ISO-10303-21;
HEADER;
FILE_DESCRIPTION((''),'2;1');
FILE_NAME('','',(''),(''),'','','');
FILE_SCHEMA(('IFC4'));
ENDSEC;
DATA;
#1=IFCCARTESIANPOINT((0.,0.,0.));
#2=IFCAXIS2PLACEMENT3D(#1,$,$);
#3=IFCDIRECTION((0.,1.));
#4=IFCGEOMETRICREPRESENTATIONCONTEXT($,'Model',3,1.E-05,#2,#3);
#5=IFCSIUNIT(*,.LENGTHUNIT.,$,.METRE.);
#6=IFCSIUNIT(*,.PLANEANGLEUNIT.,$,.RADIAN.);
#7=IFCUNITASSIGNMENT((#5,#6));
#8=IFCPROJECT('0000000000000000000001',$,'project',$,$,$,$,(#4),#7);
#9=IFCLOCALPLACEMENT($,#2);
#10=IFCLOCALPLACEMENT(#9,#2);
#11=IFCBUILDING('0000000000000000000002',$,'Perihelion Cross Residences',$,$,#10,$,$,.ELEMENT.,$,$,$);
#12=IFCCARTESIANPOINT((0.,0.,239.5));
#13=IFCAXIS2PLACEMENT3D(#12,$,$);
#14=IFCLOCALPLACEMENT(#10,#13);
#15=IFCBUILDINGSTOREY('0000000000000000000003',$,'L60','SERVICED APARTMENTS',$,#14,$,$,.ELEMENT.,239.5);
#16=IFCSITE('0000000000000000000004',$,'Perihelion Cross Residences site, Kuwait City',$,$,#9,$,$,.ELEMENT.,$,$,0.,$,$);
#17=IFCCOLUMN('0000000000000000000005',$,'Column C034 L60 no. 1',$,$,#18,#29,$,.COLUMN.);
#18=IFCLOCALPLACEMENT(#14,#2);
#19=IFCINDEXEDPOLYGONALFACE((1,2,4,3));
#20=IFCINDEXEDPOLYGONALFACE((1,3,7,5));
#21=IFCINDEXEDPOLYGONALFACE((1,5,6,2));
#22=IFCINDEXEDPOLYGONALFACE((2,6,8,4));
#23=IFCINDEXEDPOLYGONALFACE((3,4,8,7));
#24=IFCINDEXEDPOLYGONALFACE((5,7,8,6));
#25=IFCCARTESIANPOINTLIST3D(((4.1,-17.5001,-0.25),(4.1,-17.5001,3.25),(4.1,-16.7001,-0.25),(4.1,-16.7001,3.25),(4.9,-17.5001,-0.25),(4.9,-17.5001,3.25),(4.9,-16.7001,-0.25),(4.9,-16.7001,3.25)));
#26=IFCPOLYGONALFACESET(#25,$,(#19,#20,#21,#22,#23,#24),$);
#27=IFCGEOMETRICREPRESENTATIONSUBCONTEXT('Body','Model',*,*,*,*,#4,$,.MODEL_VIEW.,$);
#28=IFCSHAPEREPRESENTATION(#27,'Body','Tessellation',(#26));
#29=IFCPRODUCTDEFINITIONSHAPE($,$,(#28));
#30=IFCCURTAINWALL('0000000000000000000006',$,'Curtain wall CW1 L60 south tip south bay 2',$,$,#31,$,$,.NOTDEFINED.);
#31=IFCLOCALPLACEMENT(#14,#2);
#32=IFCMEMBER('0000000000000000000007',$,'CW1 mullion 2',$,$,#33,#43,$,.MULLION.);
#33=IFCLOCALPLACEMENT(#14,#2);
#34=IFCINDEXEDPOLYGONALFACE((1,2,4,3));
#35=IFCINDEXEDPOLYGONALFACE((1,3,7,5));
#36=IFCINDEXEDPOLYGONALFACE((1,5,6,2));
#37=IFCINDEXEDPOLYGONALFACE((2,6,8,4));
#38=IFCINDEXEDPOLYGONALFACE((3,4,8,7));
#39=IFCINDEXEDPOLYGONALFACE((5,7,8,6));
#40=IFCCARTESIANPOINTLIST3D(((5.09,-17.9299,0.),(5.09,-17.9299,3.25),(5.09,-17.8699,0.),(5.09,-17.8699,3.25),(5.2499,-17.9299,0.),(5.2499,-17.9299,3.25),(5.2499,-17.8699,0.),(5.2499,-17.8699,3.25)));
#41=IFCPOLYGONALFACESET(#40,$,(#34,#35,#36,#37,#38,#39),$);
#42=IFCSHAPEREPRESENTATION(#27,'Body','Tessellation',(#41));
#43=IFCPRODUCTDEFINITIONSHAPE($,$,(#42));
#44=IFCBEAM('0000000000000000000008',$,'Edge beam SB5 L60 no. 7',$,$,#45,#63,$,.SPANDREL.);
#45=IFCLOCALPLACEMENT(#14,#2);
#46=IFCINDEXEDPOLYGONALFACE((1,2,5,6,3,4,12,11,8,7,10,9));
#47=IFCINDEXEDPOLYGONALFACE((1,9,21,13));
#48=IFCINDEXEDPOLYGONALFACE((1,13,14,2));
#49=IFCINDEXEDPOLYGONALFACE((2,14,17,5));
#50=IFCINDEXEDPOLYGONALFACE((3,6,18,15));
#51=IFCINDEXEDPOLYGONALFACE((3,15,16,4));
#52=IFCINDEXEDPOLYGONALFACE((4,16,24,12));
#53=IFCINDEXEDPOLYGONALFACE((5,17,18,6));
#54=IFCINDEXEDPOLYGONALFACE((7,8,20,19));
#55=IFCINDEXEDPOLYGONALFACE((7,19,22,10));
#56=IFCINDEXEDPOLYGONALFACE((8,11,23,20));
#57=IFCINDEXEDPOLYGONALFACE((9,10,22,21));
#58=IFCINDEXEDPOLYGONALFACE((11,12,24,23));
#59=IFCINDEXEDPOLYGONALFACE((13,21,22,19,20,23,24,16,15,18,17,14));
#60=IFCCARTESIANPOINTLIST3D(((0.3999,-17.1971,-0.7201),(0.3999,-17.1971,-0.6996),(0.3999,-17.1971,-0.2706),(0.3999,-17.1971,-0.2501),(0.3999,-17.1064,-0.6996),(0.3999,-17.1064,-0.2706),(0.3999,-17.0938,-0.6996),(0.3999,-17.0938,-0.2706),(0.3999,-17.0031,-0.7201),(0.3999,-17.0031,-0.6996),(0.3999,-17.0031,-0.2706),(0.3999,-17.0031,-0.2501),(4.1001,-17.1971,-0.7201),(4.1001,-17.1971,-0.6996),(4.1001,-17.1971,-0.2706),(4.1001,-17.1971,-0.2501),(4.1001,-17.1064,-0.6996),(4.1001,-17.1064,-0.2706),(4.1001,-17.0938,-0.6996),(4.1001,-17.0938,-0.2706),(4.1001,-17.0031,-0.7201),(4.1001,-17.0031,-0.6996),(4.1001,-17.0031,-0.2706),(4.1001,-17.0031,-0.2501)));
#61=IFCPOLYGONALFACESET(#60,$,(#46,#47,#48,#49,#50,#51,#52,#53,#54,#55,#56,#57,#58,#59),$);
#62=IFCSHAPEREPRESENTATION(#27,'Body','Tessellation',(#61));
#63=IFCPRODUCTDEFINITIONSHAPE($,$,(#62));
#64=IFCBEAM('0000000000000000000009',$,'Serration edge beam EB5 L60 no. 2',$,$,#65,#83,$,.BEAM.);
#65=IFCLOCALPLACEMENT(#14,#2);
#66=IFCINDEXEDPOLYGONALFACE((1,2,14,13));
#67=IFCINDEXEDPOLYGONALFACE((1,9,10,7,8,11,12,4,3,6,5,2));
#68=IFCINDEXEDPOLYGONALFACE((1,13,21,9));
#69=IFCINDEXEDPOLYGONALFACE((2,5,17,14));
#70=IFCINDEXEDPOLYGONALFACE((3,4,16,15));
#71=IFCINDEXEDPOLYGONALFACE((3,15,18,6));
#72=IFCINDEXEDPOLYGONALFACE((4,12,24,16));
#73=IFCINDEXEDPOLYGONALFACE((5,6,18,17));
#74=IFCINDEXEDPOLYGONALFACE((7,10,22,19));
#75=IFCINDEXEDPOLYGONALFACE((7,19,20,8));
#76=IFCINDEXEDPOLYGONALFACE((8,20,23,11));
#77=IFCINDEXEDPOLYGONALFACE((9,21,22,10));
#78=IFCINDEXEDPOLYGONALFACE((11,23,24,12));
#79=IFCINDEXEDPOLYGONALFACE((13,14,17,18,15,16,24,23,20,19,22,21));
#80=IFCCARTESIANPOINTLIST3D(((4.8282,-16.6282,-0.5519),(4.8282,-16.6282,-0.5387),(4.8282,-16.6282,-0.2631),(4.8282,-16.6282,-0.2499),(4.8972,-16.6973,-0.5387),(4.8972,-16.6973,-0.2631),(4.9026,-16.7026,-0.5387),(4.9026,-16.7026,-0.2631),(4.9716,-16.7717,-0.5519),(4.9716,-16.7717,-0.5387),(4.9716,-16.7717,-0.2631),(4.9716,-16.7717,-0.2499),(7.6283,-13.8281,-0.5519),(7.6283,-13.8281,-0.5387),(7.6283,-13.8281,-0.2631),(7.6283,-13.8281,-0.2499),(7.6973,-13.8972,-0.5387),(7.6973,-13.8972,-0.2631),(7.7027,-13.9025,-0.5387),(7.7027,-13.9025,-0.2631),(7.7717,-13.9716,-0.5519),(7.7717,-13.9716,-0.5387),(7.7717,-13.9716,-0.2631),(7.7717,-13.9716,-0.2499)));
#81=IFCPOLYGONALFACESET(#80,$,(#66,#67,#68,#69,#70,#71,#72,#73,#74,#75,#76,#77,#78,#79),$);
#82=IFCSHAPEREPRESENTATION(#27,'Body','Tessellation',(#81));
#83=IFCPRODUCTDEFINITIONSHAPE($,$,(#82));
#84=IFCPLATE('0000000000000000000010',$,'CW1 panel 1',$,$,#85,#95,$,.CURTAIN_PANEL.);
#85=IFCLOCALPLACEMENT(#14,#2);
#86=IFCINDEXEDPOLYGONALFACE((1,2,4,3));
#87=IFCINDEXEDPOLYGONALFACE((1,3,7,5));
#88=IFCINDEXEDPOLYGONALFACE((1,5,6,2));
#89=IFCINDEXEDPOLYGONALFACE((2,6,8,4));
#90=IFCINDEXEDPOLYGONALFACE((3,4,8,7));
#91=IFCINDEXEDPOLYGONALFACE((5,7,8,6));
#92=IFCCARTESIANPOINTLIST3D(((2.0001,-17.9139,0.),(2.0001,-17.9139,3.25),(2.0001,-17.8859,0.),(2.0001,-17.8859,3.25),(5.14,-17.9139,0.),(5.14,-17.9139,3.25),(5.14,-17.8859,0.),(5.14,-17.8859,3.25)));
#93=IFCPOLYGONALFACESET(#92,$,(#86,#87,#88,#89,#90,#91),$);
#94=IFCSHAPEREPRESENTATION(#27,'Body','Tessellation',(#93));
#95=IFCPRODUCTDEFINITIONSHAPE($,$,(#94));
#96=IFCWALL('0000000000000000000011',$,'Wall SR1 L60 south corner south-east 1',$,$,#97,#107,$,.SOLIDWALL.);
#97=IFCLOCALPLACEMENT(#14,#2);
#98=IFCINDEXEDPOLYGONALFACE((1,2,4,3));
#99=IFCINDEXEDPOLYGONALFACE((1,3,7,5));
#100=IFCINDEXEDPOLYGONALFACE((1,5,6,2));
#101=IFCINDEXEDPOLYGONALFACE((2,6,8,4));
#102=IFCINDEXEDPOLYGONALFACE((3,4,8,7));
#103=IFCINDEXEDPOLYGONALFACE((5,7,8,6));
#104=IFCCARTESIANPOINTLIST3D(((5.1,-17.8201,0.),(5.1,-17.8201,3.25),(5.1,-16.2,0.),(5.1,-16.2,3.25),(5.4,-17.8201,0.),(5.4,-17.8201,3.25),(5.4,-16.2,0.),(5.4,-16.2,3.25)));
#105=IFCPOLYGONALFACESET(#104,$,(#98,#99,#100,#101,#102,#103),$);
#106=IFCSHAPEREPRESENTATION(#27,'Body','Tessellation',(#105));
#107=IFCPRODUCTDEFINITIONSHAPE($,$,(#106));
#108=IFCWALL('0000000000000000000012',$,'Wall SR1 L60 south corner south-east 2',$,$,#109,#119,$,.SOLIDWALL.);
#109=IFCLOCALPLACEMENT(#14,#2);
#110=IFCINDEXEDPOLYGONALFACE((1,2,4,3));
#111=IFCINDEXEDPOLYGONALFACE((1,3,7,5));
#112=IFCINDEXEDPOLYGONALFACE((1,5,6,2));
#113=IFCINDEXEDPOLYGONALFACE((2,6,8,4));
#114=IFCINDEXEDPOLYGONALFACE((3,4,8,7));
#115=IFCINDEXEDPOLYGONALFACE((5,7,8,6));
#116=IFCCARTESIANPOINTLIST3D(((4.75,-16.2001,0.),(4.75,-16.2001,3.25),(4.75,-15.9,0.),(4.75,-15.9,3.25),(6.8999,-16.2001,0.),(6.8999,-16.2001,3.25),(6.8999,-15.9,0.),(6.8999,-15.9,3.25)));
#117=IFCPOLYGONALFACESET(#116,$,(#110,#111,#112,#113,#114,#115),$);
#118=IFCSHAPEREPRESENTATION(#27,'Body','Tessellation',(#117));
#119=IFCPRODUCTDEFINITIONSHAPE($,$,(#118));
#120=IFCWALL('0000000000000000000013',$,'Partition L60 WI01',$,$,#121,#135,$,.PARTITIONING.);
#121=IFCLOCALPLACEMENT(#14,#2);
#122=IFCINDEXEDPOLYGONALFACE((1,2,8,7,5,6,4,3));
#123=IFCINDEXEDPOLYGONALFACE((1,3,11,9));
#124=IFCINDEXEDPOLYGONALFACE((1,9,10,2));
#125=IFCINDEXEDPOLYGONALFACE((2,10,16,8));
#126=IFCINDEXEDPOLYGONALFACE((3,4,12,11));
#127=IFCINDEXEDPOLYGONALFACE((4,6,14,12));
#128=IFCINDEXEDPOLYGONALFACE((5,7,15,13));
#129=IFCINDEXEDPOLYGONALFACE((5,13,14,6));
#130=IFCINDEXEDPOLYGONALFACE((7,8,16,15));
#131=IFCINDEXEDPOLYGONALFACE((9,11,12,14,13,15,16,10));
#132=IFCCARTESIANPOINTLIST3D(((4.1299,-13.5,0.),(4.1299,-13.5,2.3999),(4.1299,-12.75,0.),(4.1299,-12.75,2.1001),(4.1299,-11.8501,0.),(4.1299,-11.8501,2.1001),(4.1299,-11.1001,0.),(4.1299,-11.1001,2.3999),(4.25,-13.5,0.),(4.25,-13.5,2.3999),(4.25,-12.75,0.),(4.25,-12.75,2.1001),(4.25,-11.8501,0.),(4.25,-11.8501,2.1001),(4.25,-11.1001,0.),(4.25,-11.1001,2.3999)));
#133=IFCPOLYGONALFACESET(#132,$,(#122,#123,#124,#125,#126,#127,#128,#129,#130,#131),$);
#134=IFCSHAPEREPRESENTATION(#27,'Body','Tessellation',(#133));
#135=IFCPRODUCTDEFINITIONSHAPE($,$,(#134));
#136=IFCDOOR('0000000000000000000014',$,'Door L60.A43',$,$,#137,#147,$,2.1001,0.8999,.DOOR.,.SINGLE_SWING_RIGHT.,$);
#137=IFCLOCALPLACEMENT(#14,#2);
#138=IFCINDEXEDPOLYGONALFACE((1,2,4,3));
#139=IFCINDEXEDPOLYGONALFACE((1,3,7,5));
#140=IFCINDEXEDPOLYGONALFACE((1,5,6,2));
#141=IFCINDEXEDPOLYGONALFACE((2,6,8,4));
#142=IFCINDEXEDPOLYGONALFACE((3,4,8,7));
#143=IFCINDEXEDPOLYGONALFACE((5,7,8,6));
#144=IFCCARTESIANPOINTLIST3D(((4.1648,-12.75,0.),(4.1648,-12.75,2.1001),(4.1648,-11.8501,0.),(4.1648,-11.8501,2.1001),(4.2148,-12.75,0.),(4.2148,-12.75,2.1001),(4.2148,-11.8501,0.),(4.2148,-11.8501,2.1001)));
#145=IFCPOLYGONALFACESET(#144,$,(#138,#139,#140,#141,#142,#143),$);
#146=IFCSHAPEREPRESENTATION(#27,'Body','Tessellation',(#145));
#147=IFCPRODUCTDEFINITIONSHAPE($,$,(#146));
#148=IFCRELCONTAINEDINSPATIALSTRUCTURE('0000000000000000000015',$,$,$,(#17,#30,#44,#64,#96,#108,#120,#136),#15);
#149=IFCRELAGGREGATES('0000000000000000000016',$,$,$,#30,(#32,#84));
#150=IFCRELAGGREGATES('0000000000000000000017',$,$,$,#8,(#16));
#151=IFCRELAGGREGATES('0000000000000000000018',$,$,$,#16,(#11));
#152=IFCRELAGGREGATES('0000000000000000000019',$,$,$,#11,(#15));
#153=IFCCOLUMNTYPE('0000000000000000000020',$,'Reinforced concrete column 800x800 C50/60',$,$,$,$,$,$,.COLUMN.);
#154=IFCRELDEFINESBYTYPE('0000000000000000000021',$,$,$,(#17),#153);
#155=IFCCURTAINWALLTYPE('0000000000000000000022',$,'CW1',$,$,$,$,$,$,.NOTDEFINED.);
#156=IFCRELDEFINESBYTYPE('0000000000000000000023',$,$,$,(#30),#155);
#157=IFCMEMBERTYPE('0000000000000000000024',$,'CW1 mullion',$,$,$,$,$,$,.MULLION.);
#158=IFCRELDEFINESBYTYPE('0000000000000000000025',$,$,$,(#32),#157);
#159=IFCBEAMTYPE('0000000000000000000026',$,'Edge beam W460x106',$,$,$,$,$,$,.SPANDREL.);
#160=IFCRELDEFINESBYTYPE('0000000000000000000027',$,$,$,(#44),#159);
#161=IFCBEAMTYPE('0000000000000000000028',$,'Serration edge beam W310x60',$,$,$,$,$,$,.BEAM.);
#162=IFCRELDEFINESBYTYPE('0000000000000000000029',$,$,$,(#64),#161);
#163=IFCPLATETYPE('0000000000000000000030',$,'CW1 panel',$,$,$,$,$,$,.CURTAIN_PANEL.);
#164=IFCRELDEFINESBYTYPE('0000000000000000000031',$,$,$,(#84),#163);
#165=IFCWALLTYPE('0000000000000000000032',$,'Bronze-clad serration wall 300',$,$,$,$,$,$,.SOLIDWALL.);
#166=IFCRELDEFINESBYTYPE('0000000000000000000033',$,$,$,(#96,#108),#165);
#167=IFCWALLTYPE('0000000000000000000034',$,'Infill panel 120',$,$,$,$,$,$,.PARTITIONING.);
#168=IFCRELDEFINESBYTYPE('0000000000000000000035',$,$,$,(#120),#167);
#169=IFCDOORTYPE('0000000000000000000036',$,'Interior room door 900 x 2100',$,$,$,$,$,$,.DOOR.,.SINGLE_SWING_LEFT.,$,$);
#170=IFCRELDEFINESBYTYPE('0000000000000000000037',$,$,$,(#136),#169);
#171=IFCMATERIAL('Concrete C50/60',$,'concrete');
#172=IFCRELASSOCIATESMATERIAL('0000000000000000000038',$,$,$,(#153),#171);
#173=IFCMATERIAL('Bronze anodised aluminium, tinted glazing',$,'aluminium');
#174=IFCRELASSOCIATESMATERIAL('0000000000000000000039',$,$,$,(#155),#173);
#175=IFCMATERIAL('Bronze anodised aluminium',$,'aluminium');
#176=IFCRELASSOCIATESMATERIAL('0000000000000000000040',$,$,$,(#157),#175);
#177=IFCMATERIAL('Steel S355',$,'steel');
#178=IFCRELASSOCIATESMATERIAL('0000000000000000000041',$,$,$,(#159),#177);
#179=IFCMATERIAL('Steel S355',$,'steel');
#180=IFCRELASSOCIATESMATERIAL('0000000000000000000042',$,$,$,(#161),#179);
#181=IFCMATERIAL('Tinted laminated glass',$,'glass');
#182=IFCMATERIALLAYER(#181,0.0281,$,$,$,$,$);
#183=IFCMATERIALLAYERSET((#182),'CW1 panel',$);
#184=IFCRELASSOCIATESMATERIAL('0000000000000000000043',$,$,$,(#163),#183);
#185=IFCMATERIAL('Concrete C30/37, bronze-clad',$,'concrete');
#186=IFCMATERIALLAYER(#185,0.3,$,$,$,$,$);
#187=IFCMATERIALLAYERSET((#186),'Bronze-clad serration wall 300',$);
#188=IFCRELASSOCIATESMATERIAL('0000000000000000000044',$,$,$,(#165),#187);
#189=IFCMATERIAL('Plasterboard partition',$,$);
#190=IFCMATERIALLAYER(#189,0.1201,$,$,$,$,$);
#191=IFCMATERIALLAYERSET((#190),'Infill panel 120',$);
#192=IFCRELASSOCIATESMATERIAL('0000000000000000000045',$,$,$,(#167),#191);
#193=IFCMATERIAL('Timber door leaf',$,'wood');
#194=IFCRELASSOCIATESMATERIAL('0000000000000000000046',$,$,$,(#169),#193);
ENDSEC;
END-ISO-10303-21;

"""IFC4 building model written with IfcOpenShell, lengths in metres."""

from ifc_helpers import new_model, si_unit, direction, frame, frame_2d, origin, origin_2d, place, context, subcontext, project, spatial, rectangle, i_section, extrude, material, layer, layer_set, material_profile, profile_set, type_object, element, fill, aggregate, save


model = new_model("IFC4")

# Units and contexts
model_context = context("Model", 3, precision=1e-05, world=origin(), true_north=direction((0.0, 1.0)))
body_context = subcontext(model_context, "Body", "Model", "MODEL_VIEW")
ifc_project = project(units=[si_unit("LENGTHUNIT", "METRE"), si_unit("PLANEANGLEUNIT", "RADIAN")], contexts=[model_context])

# Site, building, storey
site_placement = place(None, origin())
site = spatial("IfcSite", under=ifc_project, at=site_placement, Name="Perihelion Cross Residences site, Kuwait City", CompositionType="ELEMENT", RefElevation=0.0)
building_placement = place(site_placement, origin())
building = spatial("IfcBuilding", under=site, at=building_placement, Name="Perihelion Cross Residences", CompositionType="ELEMENT")
storey_placement = place(building_placement, frame((0.0, 0.0, 239.5)))
storey = spatial("IfcBuildingStorey", under=building, at=storey_placement, Name="L60", Description="SERVICED APARTMENTS", CompositionType="ELEMENT", Elevation=239.5)

# Column
ifc_material_1 = material(Name="Concrete C50/60", Category="concrete")
ifc_material_profile_1 = material_profile(ifc_material_1, rectangle(XDim=0.8, YDim=0.8, at=origin_2d()), Name="RC 800x800")
ifc_profile_set_1 = profile_set([ifc_material_profile_1], Name="Concrete C50/60")
column_type = type_object("IfcColumnType", Name="Reinforced concrete column 800x800 C50/60", PredefinedType="COLUMN", material=ifc_profile_set_1)
column_placement = place(storey_placement, frame((4.5, -17.1001, -0.25), z_axis=(0.0, 0.0, 1.0), x_axis=(1.0, 0.0, 0.0)))
element("IfcColumn", 1, at=column_placement, inside=storey, type_object=column_type, Name="Column C034 L60 no. 1", PredefinedType="COLUMN", context=body_context, shape_type="SweptSolid", body=[
    extrude(rectangle(XDim=0.8, YDim=0.8, at=origin_2d()), origin(), (0.0, 0.0, 1.0), 3.5),
])

# Curtain wall, member
ifc_material_2 = material(Name="Bronze anodised aluminium, tinted glazing", Category="aluminium")
curtain_wall_type = type_object("IfcCurtainWallType", Name="CW1", PredefinedType="NOTDEFINED", material=ifc_material_2)
curtain_wall_placement = place(storey_placement, origin())
curtain_wall = element("IfcCurtainWall", 2, at=curtain_wall_placement, inside=storey, type_object=curtain_wall_type, Name="Curtain wall CW1 L60 south tip south bay 2", PredefinedType="NOTDEFINED")
ifc_material_3 = material(Name="Bronze anodised aluminium", Category="aluminium")
ifc_material_profile_2 = material_profile(ifc_material_3, rectangle(XDim=0.0601, YDim=0.1599, at=origin_2d()), Name="CW1 mullion")
ifc_profile_set_2 = profile_set([ifc_material_profile_2], Name="Bronze anodised aluminium")
member_type = type_object("IfcMemberType", Name="CW1 mullion", PredefinedType="MULLION", material=ifc_profile_set_2)
member_placement = place(storey_placement, frame((5.1699, -17.8999, 0.0), z_axis=(0.0, 0.0, 1.0), x_axis=(0.0, 1.0, 0.0)))
member = element("IfcMember", 3, at=member_placement, type_object=member_type, Name="CW1 mullion 2", PredefinedType="MULLION", context=body_context, shape_type="SweptSolid", body=[
    extrude(rectangle(XDim=0.0601, YDim=0.1599, at=origin_2d()), origin(), (0.0, 0.0, 1.0), 3.25),
])

# Beams
ifc_material_4 = material(Name="Steel S355", Category="steel")
ifc_material_profile_3 = material_profile(ifc_material_4, i_section(OverallWidth=0.1941, OverallDepth=0.47, WebThickness=0.0127, FlangeThickness=0.0205, at=origin_2d()), Name="W460x106")
ifc_profile_set_3 = profile_set([ifc_material_profile_3], Name="Steel S355")
beam_type_1 = type_object("IfcBeamType", Name="Edge beam W460x106", PredefinedType="SPANDREL", material=ifc_profile_set_3)
beam_1_placement = place(storey_placement, frame((0.3999, -17.1001, -0.4851), z_axis=(1.0, 0.0, 0.0), x_axis=(0.0, 1.0, 0.0)))
element("IfcBeam", 4, at=beam_1_placement, inside=storey, type_object=beam_type_1, Name="Edge beam SB5 L60 no. 7", PredefinedType="SPANDREL", context=body_context, shape_type="SweptSolid", body=[
    extrude(i_section(OverallWidth=0.1941, OverallDepth=0.47, WebThickness=0.0127, FlangeThickness=0.0205, at=origin_2d()), origin(), (0.0, 0.0, 1.0), 3.7002),
])
ifc_material_5 = material(Name="Steel S355", Category="steel")
ifc_material_profile_4 = material_profile(ifc_material_5, i_section(OverallWidth=0.2029, OverallDepth=0.302, WebThickness=0.0076, FlangeThickness=0.0132, at=origin_2d()), Name="W310x60")
ifc_profile_set_4 = profile_set([ifc_material_profile_4], Name="Steel S355")
beam_type_2 = type_object("IfcBeamType", Name="Serration edge beam W310x60", PredefinedType="BEAM", material=ifc_profile_set_4)
beam_2_placement = place(storey_placement, frame((4.8999, -16.7, -0.4009), z_axis=(0.707107, 0.707107, 0.0), x_axis=(-0.707107, 0.707107, 0.0)))
element("IfcBeam", 5, at=beam_2_placement, inside=storey, type_object=beam_type_2, Name="Serration edge beam EB5 L60 no. 2", PredefinedType="BEAM", context=body_context, shape_type="SweptSolid", body=[
    extrude(i_section(OverallWidth=0.2029, OverallDepth=0.302, WebThickness=0.0076, FlangeThickness=0.0132, at=origin_2d()), origin(), (0.0, 0.0, 1.0), 3.96),
])

# Plate
ifc_material_6 = material(Name="Tinted laminated glass", Category="glass")
ifc_layer_1 = layer(ifc_material_6, 0.0281)
ifc_layer_set_1 = layer_set([ifc_layer_1], Name="CW1 panel")
plate_type = type_object("IfcPlateType", Name="CW1 panel", PredefinedType="CURTAIN_PANEL", material=ifc_layer_set_1)
plate_placement = place(storey_placement, frame((3.5701, -17.8999, 0.0), z_axis=(0.0, 0.0, 1.0), x_axis=(1.0, 0.0, 0.0)))
plate = element("IfcPlate", 6, at=plate_placement, type_object=plate_type, Name="CW1 panel 1", PredefinedType="CURTAIN_PANEL", context=body_context, shape_type="SweptSolid", body=[
    extrude(rectangle(XDim=3.1399, YDim=0.0281, at=origin_2d()), origin(), (0.0, 0.0, 1.0), 3.25),
])
aggregate(curtain_wall, [member, plate])

# Walls
ifc_material_7 = material(Name="Concrete C30/37, bronze-clad", Category="concrete")
ifc_layer_2 = layer(ifc_material_7, 0.3)
ifc_layer_set_2 = layer_set([ifc_layer_2], Name="Bronze-clad serration wall 300")
wall_type_1 = type_object("IfcWallType", Name="Bronze-clad serration wall 300", PredefinedType="SOLIDWALL", material=ifc_layer_set_2)
wall_1_placement = place(storey_placement, frame((5.25, -17.8201, 0.0), z_axis=(0.0, 0.0, 1.0), x_axis=(0.0, 1.0, 0.0)))
element("IfcWall", 7, at=wall_1_placement, inside=storey, type_object=wall_type_1, Name="Wall SR1 L60 south corner south-east 1", PredefinedType="SOLIDWALL", context=body_context, shape_type="SweptSolid", body=[
    extrude(rectangle(XDim=1.6201, YDim=0.3, at=frame_2d((0.8101, 0.0))), origin(), (0.0, 0.0, 1.0), 3.25),
])
wall_2_placement = place(storey_placement, frame((4.75, -16.05, 0.0), z_axis=(0.0, 0.0, 1.0), x_axis=(1.0, 0.0, 0.0)))
element("IfcWall", 8, at=wall_2_placement, inside=storey, type_object=wall_type_1, Name="Wall SR1 L60 south corner south-east 2", PredefinedType="SOLIDWALL", context=body_context, shape_type="SweptSolid", body=[
    extrude(rectangle(XDim=2.1499, YDim=0.3, at=frame_2d((1.075, 0.0))), origin(), (0.0, 0.0, 1.0), 3.25),
])

# Wall, opening, door
ifc_material_8 = material(Name="Plasterboard partition")
ifc_layer_3 = layer(ifc_material_8, 0.1201)
ifc_layer_set_3 = layer_set([ifc_layer_3], Name="Infill panel 120")
wall_type_2 = type_object("IfcWallType", Name="Infill panel 120", PredefinedType="PARTITIONING", material=ifc_layer_set_3)
wall_3_placement = place(storey_placement, frame((4.1899, -11.1001, 0.0), z_axis=(0.0, 0.0, 1.0), x_axis=(0.0, -1.0, 0.0)))
wall_3 = element("IfcWall", 9, at=wall_3_placement, inside=storey, type_object=wall_type_2, Name="Partition L60 WI01", PredefinedType="PARTITIONING", context=body_context, shape_type="SweptSolid", body=[
    extrude(rectangle(XDim=2.3999, YDim=0.1201, at=frame_2d((1.2, 0.0))), origin(), (0.0, 0.0, 1.0), 2.3999),
])
opening_1_placement = place(wall_3_placement, frame((0.75, 0.0, 0.0)))
opening_1 = element("IfcOpeningElement", 10, at=opening_1_placement, cuts=wall_3, PredefinedType="OPENING", context=body_context, shape_type="SweptSolid", body=[
    extrude(rectangle(XDim=0.8999, YDim=2.1001, at=frame_2d((0.45, 1.05))), frame((0.0, 0.0701, 0.0), z_axis=(0.0, -1.0, 0.0), x_axis=(1.0, 0.0, 0.0)), (0.0, 0.0, 1.0), 0.1401),
])
ifc_material_9 = material(Name="Timber door leaf", Category="wood")
door_type_1 = type_object("IfcDoorType", Name="Interior room door 900 x 2100", OperationType="SINGLE_SWING_LEFT", PredefinedType="DOOR", material=ifc_material_9)
door_1_placement = place(opening_1_placement, origin())
door_1 = element("IfcDoor", 11, at=door_1_placement, inside=storey, type_object=door_type_1, Name="Door L60.A43", OperationType="SINGLE_SWING_RIGHT", OverallHeight=2.1001, OverallWidth=0.8999, PredefinedType="DOOR", context=body_context, shape_type="SweptSolid", body=[
    extrude(rectangle(XDim=0.8999, YDim=2.1001, at=frame_2d((0.45, 1.05))), frame((0.0, 0.0249, 0.0), z_axis=(0.0, -1.0, 0.0), x_axis=(1.0, 0.0, 0.0)), (0.0, 0.0, 1.0), 0.05),
])
fill(opening_1, door_1)

save(model, "model.ifc")
